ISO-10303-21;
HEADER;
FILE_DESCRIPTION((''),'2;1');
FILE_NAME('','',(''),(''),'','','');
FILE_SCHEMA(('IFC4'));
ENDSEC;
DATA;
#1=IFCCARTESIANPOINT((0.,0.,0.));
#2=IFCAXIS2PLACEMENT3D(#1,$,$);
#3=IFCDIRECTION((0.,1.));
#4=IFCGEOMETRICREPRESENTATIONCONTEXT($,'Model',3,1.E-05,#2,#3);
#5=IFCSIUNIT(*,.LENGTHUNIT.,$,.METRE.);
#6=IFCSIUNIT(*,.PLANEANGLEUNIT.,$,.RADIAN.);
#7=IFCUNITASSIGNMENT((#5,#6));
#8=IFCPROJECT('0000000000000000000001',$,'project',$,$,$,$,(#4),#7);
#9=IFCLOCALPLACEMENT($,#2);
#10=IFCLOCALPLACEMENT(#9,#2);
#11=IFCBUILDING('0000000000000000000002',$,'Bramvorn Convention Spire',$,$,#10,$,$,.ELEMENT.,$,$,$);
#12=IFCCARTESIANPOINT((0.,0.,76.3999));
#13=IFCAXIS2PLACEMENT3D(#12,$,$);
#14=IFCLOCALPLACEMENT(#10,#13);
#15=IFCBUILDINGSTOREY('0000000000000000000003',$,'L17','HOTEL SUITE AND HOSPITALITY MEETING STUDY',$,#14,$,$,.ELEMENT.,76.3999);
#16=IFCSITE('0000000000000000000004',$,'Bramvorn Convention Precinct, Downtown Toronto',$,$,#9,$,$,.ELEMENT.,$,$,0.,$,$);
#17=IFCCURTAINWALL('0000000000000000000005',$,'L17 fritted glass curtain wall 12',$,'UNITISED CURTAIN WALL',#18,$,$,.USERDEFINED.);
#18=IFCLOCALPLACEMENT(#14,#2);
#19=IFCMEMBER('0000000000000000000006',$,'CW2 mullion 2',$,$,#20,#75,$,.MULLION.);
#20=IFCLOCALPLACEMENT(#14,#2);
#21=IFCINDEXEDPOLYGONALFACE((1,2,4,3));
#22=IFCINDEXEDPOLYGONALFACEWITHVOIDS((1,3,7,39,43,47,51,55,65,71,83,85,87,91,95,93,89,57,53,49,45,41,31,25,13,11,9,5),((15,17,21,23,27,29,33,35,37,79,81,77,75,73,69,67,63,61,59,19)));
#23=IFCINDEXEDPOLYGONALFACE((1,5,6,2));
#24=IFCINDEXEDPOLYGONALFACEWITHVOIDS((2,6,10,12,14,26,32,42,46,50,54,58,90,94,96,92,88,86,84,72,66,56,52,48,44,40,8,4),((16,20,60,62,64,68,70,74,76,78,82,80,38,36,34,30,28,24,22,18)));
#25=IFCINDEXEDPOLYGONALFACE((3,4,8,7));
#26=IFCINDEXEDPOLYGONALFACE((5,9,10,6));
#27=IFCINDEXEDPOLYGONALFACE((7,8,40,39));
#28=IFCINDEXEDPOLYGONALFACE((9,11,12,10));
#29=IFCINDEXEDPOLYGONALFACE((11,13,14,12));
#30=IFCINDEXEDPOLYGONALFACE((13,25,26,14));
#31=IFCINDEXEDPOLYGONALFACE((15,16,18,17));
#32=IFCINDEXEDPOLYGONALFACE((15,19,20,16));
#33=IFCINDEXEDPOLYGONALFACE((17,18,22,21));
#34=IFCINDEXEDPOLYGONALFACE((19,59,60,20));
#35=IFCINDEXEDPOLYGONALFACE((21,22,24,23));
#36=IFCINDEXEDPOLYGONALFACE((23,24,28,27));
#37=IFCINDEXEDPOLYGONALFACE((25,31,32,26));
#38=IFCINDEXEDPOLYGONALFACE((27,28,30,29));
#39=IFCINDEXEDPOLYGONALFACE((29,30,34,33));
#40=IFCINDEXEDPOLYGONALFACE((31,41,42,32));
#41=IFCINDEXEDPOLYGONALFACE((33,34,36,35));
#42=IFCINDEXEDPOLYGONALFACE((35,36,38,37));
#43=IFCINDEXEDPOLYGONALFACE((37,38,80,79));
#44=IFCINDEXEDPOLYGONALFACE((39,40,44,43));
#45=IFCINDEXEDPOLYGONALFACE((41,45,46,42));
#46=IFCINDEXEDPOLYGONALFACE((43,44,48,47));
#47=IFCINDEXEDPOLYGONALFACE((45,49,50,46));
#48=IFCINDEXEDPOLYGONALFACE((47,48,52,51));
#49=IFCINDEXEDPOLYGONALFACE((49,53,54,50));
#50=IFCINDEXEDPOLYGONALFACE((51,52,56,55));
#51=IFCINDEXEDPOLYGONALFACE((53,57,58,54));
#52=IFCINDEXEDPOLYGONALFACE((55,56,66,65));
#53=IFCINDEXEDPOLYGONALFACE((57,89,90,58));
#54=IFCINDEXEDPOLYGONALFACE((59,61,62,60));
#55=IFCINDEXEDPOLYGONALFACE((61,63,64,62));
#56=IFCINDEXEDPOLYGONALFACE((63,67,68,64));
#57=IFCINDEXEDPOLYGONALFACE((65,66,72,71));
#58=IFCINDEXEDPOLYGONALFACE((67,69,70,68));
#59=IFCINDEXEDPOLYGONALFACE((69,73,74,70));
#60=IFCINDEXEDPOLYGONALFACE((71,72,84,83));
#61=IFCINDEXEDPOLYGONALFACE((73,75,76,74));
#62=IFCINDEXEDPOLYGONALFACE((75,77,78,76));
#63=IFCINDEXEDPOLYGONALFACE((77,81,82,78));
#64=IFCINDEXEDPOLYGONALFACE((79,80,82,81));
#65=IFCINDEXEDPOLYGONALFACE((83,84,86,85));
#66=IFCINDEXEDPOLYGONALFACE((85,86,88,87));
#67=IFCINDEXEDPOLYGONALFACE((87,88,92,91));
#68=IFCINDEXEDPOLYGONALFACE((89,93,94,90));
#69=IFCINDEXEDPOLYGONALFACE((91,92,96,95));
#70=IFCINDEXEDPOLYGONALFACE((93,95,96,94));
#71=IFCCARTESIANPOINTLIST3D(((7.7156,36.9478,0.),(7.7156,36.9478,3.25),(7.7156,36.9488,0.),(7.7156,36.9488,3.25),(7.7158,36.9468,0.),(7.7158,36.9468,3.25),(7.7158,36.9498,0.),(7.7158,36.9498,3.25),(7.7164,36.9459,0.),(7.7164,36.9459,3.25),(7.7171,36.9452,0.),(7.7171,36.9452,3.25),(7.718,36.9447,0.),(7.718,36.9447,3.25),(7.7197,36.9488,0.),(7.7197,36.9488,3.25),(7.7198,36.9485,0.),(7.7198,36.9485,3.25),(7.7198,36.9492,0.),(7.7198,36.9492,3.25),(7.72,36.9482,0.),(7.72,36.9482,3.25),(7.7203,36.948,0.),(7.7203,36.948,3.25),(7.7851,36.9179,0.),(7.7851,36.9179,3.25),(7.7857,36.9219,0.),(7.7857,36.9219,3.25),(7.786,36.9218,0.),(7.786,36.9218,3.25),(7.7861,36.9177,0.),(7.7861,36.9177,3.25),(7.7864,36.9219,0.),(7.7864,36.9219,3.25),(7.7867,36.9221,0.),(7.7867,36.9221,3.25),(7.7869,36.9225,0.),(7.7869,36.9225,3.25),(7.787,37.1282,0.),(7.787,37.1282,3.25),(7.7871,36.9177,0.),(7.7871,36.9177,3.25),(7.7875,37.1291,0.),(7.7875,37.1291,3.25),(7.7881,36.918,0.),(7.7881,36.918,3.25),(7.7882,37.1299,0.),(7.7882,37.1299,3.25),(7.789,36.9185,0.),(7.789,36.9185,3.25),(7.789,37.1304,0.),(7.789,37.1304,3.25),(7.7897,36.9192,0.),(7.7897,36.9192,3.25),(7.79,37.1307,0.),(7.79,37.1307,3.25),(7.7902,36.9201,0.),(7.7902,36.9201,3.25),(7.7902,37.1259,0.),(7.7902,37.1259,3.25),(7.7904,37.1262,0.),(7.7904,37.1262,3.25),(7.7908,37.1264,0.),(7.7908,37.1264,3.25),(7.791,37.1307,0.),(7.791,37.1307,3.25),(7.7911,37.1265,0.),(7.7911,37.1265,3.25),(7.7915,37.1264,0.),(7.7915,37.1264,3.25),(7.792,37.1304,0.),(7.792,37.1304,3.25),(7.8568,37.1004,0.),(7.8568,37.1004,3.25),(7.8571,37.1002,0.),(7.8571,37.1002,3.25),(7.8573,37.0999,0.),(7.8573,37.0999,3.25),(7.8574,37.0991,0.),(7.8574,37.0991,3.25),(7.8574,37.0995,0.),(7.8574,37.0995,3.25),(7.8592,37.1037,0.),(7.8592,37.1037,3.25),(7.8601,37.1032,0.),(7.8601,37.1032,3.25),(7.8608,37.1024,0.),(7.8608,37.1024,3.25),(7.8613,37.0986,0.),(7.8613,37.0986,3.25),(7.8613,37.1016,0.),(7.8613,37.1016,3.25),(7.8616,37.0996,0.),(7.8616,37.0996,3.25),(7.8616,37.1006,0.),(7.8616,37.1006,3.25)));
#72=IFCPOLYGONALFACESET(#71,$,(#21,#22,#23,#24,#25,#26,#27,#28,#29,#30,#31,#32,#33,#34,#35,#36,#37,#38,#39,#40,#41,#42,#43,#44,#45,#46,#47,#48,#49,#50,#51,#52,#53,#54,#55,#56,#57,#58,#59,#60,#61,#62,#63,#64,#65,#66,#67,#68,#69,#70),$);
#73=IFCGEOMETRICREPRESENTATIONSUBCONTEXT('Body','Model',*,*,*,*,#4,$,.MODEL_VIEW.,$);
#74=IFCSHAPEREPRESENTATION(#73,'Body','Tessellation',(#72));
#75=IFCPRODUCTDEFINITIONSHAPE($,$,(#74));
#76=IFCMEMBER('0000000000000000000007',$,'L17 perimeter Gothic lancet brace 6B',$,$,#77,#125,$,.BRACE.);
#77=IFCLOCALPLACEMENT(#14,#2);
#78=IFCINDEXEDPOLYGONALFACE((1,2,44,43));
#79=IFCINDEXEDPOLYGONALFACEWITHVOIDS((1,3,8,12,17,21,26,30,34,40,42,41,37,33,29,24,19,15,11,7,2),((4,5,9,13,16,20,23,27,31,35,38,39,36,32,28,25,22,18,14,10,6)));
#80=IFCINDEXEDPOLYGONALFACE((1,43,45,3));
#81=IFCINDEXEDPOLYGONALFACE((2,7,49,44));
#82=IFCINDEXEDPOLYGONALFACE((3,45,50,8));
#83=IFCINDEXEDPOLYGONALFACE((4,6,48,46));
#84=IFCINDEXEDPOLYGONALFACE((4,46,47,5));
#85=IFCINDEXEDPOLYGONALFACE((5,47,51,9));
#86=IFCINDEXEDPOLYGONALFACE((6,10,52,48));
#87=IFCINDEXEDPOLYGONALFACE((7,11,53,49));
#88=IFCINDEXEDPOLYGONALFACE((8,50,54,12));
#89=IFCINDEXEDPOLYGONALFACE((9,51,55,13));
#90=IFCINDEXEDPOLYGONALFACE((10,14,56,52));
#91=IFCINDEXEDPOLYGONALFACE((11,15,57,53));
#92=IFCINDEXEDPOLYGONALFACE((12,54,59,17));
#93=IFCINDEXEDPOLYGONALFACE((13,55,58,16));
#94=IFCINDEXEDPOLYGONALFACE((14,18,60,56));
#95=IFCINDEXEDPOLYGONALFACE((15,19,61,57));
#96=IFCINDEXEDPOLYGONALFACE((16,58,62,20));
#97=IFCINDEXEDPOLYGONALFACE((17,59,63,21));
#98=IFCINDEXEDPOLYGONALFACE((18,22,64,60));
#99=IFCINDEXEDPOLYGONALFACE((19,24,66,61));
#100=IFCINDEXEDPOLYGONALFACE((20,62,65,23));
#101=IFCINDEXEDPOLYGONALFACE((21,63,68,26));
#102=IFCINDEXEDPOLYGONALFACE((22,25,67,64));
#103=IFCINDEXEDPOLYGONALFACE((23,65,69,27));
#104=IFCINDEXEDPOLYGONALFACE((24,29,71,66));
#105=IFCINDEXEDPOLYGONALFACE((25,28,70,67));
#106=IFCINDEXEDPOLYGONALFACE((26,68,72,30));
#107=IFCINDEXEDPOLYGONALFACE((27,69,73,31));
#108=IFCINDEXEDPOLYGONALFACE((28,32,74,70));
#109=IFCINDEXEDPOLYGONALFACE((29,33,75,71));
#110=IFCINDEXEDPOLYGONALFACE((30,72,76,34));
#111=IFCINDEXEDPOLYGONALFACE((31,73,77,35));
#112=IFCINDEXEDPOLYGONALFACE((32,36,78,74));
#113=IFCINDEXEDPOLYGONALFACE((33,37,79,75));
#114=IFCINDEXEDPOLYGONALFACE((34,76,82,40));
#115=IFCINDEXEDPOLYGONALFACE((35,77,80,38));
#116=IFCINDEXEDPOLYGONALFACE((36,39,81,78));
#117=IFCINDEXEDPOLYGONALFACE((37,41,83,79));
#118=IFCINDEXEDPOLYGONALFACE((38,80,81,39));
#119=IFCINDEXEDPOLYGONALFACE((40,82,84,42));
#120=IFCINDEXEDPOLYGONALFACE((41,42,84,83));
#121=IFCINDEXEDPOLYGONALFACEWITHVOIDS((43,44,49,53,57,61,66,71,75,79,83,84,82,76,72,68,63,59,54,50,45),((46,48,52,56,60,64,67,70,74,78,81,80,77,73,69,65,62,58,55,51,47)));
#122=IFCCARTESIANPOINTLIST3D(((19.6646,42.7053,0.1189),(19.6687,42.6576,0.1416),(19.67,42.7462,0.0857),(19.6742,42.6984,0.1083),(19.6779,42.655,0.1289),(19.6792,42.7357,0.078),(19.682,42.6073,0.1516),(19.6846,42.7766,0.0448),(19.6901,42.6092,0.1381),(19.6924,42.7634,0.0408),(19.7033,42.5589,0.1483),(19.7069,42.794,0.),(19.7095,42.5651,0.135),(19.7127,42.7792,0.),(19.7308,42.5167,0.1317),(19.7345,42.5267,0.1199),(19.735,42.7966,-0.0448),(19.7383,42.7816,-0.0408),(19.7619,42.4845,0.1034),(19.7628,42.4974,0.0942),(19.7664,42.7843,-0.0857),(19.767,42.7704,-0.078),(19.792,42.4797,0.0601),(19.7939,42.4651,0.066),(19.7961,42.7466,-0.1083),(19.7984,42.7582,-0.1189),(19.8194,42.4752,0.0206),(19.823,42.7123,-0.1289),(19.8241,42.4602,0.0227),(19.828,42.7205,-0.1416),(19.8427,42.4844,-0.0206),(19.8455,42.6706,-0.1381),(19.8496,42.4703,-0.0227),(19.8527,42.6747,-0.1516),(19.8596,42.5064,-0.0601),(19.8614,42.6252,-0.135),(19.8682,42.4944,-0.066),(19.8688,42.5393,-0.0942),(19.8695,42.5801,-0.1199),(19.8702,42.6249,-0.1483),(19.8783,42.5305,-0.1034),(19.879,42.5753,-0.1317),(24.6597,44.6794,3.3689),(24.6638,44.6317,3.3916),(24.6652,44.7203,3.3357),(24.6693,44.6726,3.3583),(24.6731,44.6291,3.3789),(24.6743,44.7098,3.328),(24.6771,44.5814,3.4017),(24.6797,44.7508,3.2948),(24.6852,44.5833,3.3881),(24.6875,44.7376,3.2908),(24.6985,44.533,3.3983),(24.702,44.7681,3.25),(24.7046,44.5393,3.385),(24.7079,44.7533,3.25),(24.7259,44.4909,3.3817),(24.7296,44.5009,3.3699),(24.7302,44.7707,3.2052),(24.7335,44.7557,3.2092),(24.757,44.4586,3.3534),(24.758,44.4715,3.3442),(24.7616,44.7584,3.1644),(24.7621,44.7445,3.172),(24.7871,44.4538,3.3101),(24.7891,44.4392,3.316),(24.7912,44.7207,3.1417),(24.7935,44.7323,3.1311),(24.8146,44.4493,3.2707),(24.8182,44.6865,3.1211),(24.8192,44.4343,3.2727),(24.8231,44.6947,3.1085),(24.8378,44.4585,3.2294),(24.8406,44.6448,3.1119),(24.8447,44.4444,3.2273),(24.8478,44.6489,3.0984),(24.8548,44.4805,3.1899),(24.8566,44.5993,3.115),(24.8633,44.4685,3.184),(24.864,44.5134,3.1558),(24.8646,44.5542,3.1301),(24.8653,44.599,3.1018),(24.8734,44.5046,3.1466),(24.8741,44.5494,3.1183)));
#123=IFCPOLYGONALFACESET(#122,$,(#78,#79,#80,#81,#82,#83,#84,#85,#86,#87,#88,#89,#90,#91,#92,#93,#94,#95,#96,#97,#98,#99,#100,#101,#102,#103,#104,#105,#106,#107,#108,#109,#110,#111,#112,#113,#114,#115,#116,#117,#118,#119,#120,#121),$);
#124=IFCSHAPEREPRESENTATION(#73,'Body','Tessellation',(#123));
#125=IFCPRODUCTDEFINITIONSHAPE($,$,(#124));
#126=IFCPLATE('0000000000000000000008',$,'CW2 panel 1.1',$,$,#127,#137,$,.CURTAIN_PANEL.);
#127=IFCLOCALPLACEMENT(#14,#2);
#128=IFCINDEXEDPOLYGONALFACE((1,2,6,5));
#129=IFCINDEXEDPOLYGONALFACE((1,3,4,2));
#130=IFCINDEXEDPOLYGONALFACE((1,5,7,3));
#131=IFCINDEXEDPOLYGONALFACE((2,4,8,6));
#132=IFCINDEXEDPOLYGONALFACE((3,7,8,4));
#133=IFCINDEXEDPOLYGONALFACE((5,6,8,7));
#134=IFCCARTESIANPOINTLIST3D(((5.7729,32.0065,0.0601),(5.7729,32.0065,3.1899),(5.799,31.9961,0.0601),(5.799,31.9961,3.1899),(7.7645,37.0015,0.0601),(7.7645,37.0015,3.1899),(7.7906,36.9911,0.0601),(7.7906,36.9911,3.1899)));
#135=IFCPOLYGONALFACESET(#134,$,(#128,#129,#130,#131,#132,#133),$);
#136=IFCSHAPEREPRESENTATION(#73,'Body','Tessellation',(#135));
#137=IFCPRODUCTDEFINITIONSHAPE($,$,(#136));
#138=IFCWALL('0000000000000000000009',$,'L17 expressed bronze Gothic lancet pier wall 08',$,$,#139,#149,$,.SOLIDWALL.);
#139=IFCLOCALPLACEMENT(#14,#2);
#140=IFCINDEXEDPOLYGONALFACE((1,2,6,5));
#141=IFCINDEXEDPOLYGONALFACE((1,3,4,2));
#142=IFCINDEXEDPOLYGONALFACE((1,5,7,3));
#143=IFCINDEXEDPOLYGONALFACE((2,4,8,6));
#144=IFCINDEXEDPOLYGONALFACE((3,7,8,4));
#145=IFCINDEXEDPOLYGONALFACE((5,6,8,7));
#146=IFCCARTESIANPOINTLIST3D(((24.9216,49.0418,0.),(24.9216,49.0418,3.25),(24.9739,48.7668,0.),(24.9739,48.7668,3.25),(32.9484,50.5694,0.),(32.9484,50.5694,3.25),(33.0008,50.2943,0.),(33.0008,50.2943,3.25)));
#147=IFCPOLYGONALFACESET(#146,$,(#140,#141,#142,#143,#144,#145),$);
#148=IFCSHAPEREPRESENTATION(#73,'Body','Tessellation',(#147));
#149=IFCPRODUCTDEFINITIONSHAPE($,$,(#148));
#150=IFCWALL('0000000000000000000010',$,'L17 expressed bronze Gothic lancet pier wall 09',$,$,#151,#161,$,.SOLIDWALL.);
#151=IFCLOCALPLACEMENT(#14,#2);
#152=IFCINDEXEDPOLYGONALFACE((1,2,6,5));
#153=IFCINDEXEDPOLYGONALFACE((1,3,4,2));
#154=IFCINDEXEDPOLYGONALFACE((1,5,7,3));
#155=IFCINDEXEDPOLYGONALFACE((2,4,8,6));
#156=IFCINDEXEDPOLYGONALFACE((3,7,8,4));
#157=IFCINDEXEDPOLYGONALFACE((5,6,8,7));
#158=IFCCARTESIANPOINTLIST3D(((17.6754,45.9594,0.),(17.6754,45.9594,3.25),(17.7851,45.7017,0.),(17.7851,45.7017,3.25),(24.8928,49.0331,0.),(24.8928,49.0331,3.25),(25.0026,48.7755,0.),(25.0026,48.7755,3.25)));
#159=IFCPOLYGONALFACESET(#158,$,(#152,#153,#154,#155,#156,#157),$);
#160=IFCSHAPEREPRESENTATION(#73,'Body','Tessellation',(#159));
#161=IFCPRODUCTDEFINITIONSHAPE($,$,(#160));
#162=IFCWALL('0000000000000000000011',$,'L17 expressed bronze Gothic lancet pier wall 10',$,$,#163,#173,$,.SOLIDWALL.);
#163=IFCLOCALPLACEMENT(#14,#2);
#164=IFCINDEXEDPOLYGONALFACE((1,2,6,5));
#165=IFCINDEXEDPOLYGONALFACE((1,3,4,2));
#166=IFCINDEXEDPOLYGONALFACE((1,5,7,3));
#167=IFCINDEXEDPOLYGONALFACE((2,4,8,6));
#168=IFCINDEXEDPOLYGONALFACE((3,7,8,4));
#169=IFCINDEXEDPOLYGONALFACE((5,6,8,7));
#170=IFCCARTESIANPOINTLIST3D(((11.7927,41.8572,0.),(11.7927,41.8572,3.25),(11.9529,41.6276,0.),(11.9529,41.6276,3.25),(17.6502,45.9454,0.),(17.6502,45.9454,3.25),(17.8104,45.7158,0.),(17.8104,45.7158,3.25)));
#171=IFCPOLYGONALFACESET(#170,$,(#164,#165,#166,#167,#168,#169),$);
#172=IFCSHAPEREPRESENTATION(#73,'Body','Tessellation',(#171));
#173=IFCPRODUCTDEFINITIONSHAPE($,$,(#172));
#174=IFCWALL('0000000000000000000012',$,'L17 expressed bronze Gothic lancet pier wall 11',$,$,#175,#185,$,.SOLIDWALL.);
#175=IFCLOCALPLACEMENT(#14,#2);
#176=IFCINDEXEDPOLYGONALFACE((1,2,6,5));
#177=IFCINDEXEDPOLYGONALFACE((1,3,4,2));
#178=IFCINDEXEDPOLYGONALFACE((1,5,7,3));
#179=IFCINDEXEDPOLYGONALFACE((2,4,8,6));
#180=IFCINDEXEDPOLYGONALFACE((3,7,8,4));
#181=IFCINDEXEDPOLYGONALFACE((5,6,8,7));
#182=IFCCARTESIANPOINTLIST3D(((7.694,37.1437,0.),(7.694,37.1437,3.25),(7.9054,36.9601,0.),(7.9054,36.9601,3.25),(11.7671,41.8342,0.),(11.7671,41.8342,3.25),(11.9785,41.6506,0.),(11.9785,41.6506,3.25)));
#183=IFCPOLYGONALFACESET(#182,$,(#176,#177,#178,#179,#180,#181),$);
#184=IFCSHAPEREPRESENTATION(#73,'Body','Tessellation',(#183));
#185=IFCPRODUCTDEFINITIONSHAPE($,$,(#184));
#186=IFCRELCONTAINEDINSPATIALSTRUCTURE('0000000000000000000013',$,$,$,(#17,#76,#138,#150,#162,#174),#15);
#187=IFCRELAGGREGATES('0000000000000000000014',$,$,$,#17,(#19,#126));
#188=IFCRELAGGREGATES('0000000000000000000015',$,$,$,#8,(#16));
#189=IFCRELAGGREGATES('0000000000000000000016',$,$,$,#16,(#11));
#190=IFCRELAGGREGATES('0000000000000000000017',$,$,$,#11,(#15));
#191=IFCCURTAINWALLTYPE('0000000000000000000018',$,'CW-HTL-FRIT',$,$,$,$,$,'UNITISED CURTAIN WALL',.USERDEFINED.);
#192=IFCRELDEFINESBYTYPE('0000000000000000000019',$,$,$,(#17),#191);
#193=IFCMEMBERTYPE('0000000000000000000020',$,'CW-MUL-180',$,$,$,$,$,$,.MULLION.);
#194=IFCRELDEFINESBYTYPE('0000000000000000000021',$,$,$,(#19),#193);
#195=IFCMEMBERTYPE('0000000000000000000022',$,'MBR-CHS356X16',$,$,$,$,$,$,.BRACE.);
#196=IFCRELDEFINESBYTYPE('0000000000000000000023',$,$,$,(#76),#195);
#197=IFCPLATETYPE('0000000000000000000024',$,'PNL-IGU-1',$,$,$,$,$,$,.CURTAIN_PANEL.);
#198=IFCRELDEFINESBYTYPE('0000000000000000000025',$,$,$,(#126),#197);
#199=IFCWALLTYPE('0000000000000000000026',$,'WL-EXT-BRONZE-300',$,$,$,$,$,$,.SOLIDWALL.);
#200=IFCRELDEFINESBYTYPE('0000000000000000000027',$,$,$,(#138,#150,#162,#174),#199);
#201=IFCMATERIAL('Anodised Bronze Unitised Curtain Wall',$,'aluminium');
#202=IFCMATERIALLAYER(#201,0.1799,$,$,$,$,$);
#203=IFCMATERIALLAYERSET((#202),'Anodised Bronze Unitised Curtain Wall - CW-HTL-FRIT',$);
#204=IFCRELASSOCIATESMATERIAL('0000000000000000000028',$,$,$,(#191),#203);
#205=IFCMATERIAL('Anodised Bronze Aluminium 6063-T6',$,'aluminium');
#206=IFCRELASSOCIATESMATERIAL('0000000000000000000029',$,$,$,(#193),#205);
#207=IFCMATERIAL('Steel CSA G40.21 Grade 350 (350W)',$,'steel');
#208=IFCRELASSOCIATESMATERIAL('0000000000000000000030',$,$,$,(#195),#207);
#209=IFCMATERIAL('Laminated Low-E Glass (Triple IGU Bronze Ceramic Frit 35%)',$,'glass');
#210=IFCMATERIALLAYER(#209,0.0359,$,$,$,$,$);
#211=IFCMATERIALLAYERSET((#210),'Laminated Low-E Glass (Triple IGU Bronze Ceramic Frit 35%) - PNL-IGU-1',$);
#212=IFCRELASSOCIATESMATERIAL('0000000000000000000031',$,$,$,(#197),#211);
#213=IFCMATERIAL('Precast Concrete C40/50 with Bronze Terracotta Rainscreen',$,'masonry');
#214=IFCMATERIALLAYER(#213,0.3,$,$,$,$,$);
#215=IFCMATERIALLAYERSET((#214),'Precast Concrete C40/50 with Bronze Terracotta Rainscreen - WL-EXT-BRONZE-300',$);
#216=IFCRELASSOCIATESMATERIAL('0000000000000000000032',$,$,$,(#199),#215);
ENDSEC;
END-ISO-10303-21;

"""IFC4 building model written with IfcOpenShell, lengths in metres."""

from ifc_helpers import new_model, si_unit, direction, frame, frame_2d, origin, origin_2d, place, context, subcontext, project, spatial, rectangle, hollow_rectangle, hollow_circle, extrude, material, layer, layer_set, material_profile, profile_set, type_object, element, aggregate, save


model = new_model("IFC4")

# Units and contexts
model_context = context("Model", 3, precision=1e-05, world=origin(), true_north=direction((0.0, 1.0)))
body_context = subcontext(model_context, "Body", "Model", "MODEL_VIEW")
ifc_project = project(units=[si_unit("LENGTHUNIT", "METRE"), si_unit("PLANEANGLEUNIT", "RADIAN")], contexts=[model_context])

# Site, building, storey
site_placement = place(None, origin())
site = spatial("IfcSite", under=ifc_project, at=site_placement, Name="Bramvorn Convention Precinct, Downtown Toronto", CompositionType="ELEMENT", RefElevation=0.0)
building_placement = place(site_placement, origin())
building = spatial("IfcBuilding", under=site, at=building_placement, Name="Bramvorn Convention Spire", CompositionType="ELEMENT")
storey_placement = place(building_placement, frame((0.0, 0.0, 76.3999)))
storey = spatial("IfcBuildingStorey", under=building, at=storey_placement, Name="L17", Description="HOTEL SUITE AND HOSPITALITY MEETING STUDY", CompositionType="ELEMENT", Elevation=76.3999)

# Shared definitions
ifc_material_1 = material(Name="Steel CSA G40.21 Grade 350 (350W)", Category="steel")

# Curtain wall, member
ifc_material_2 = material(Name="Anodised Bronze Unitised Curtain Wall", Category="aluminium")
ifc_layer_1 = layer(ifc_material_2, 0.1799)
ifc_layer_set_1 = layer_set([ifc_layer_1], Name="Anodised Bronze Unitised Curtain Wall - CW-HTL-FRIT")
curtain_wall_type = type_object("IfcCurtainWallType", Name="CW-HTL-FRIT", ElementType="UNITISED CURTAIN WALL", PredefinedType="USERDEFINED", material=ifc_layer_set_1)
curtain_wall_placement = place(storey_placement, origin())
curtain_wall = element("IfcCurtainWall", 1, at=curtain_wall_placement, inside=storey, type_object=curtain_wall_type, Name="L17 fritted glass curtain wall 12", ObjectType="UNITISED CURTAIN WALL", PredefinedType="USERDEFINED")
ifc_material_3 = material(Name="Anodised Bronze Aluminium 6063-T6", Category="aluminium")
ifc_material_profile_1 = material_profile(ifc_material_3, hollow_rectangle(XDim=0.0801, YDim=0.2, WallThickness=0.0039, InnerFilletRadius=0.001, OuterFilletRadius=0.0039, at=origin_2d()))
ifc_profile_set_1 = profile_set([ifc_material_profile_1], Name="Anodised Bronze Aluminium 6063-T6 - CWM80X200")
member_type_1 = type_object("IfcMemberType", Name="CW-MUL-180", PredefinedType="MULLION", material=ifc_profile_set_1)
member_1_placement = place(storey_placement, frame((7.7886, 37.0242, 0.0), z_axis=(0.0, 0.0, 1.0), x_axis=(-0.928888, 0.370362, 0.0)))
member_1 = element("IfcMember", 2, at=member_1_placement, type_object=member_type_1, Name="CW2 mullion 2", PredefinedType="MULLION", context=body_context, shape_type="SweptSolid", body=[
    extrude(hollow_rectangle(XDim=0.0801, YDim=0.2, WallThickness=0.0039, InnerFilletRadius=0.001, OuterFilletRadius=0.0039, at=origin_2d()), origin(), (0.0, 0.0, 1.0), 3.25),
])

# Member
ifc_material_profile_2 = material_profile(ifc_material_1, hollow_circle(Radius=0.1777, WallThickness=0.0159, at=origin_2d()))
ifc_profile_set_2 = profile_set([ifc_material_profile_2], Name="Steel CSA G40.21 Grade 350 (350W) - CHS356X16")
member_type_2 = type_object("IfcMemberType", Name="MBR-CHS356X16", PredefinedType="BRACE", material=ifc_profile_set_2)
member_2_placement = place(storey_placement, frame((19.7722, 42.6287, 0.0), z_axis=(0.795679, 0.31446, 0.517697), x_axis=(-0.367547, 0.930005, 0.0)))
element("IfcMember", 3, at=member_2_placement, inside=storey, type_object=member_type_2, Name="L17 perimeter Gothic lancet brace 6B", PredefinedType="BRACE", context=body_context, shape_type="SweptSolid", body=[
    extrude(hollow_circle(Radius=0.1777, WallThickness=0.0159, at=origin_2d()), origin(), (0.0, 0.0, 1.0), 6.2778),
])

# Plate
ifc_material_4 = material(Name="Laminated Low-E Glass (Triple IGU Bronze Ceramic Frit 35%)", Category="glass")
ifc_layer_2 = layer(ifc_material_4, 0.0359)
ifc_layer_set_2 = layer_set([ifc_layer_2], Name="Laminated Low-E Glass (Triple IGU Bronze Ceramic Frit 35%) - PNL-IGU-1")
plate_type = type_object("IfcPlateType", Name="PNL-IGU-1", PredefinedType="CURTAIN_PANEL", material=ifc_layer_set_2)
plate_placement = place(storey_placement, frame((6.7817, 34.4988, 0.0601), z_axis=(0.0, 0.0, 1.0), x_axis=(0.370362, 0.928888, 0.0)))
plate = element("IfcPlate", 4, at=plate_placement, type_object=plate_type, Name="CW2 panel 1.1", PredefinedType="CURTAIN_PANEL", context=body_context, shape_type="SweptSolid", body=[
    extrude(rectangle(XDim=5.3774, YDim=0.0281, at=origin_2d()), origin(), (0.0, 0.0, 1.0), 3.1299),
])
aggregate(curtain_wall, [member_1, plate])

# Walls
ifc_material_5 = material(Name="Precast Concrete C40/50 with Bronze Terracotta Rainscreen", Category="masonry")
ifc_layer_3 = layer(ifc_material_5, 0.3)
ifc_layer_set_3 = layer_set([ifc_layer_3], Name="Precast Concrete C40/50 with Bronze Terracotta Rainscreen - WL-EXT-BRONZE-300")
wall_type_1 = type_object("IfcWallType", Name="WL-EXT-BRONZE-300", PredefinedType="SOLIDWALL", material=ifc_layer_set_3)
wall_1_placement = place(storey_placement, frame((24.9478, 48.9043, 0.0), z_axis=(0.0, 0.0, 1.0), x_axis=(0.982369, 0.186954, 0.0)))
element("IfcWall", 5, at=wall_1_placement, inside=storey, type_object=wall_type_1, Name="L17 expressed bronze Gothic lancet pier wall 08", PredefinedType="SOLIDWALL", context=body_context, shape_type="SweptSolid", body=[
    extrude(rectangle(XDim=8.1709, YDim=0.28, at=frame_2d((4.0854, 0.0))), origin(), (0.0, 0.0, 1.0), 3.25),
])
wall_2_placement = place(storey_placement, frame((17.7302, 45.8306, 0.0), z_axis=(0.0, 0.0, 1.0), x_axis=(0.920042, 0.391819, 0.0)))
element("IfcWall", 6, at=wall_2_placement, inside=storey, type_object=wall_type_1, Name="L17 expressed bronze Gothic lancet pier wall 09", PredefinedType="SOLIDWALL", context=body_context, shape_type="SweptSolid", body=[
    extrude(rectangle(XDim=7.8447, YDim=0.28, at=frame_2d((3.9224, 0.0))), origin(), (0.0, 0.0, 1.0), 3.25),
])
wall_3_placement = place(storey_placement, frame((11.8728, 41.7424, 0.0), z_axis=(0.0, 0.0, 1.0), x_axis=(0.820024, 0.572329, 0.0)))
element("IfcWall", 7, at=wall_3_placement, inside=storey, type_object=wall_type_1, Name="L17 expressed bronze Gothic lancet pier wall 10", PredefinedType="SOLIDWALL", context=body_context, shape_type="SweptSolid", body=[
    extrude(rectangle(XDim=7.1431, YDim=0.28, at=frame_2d((3.5715, 0.0))), origin(), (0.0, 0.0, 1.0), 3.25),
])
wall_4_placement = place(storey_placement, frame((7.7998, 37.052, 0.0), z_axis=(0.0, 0.0, 1.0), x_axis=(0.655662, 0.755055, 0.0)))
element("IfcWall", 8, at=wall_4_placement, inside=storey, type_object=wall_type_1, Name="L17 expressed bronze Gothic lancet pier wall 11", PredefinedType="SOLIDWALL", context=body_context, shape_type="SweptSolid", body=[
    extrude(rectangle(XDim=6.2122, YDim=0.28, at=frame_2d((3.106, 0.0))), origin(), (0.0, 0.0, 1.0), 3.25),
])

save(model, "model.ifc")
